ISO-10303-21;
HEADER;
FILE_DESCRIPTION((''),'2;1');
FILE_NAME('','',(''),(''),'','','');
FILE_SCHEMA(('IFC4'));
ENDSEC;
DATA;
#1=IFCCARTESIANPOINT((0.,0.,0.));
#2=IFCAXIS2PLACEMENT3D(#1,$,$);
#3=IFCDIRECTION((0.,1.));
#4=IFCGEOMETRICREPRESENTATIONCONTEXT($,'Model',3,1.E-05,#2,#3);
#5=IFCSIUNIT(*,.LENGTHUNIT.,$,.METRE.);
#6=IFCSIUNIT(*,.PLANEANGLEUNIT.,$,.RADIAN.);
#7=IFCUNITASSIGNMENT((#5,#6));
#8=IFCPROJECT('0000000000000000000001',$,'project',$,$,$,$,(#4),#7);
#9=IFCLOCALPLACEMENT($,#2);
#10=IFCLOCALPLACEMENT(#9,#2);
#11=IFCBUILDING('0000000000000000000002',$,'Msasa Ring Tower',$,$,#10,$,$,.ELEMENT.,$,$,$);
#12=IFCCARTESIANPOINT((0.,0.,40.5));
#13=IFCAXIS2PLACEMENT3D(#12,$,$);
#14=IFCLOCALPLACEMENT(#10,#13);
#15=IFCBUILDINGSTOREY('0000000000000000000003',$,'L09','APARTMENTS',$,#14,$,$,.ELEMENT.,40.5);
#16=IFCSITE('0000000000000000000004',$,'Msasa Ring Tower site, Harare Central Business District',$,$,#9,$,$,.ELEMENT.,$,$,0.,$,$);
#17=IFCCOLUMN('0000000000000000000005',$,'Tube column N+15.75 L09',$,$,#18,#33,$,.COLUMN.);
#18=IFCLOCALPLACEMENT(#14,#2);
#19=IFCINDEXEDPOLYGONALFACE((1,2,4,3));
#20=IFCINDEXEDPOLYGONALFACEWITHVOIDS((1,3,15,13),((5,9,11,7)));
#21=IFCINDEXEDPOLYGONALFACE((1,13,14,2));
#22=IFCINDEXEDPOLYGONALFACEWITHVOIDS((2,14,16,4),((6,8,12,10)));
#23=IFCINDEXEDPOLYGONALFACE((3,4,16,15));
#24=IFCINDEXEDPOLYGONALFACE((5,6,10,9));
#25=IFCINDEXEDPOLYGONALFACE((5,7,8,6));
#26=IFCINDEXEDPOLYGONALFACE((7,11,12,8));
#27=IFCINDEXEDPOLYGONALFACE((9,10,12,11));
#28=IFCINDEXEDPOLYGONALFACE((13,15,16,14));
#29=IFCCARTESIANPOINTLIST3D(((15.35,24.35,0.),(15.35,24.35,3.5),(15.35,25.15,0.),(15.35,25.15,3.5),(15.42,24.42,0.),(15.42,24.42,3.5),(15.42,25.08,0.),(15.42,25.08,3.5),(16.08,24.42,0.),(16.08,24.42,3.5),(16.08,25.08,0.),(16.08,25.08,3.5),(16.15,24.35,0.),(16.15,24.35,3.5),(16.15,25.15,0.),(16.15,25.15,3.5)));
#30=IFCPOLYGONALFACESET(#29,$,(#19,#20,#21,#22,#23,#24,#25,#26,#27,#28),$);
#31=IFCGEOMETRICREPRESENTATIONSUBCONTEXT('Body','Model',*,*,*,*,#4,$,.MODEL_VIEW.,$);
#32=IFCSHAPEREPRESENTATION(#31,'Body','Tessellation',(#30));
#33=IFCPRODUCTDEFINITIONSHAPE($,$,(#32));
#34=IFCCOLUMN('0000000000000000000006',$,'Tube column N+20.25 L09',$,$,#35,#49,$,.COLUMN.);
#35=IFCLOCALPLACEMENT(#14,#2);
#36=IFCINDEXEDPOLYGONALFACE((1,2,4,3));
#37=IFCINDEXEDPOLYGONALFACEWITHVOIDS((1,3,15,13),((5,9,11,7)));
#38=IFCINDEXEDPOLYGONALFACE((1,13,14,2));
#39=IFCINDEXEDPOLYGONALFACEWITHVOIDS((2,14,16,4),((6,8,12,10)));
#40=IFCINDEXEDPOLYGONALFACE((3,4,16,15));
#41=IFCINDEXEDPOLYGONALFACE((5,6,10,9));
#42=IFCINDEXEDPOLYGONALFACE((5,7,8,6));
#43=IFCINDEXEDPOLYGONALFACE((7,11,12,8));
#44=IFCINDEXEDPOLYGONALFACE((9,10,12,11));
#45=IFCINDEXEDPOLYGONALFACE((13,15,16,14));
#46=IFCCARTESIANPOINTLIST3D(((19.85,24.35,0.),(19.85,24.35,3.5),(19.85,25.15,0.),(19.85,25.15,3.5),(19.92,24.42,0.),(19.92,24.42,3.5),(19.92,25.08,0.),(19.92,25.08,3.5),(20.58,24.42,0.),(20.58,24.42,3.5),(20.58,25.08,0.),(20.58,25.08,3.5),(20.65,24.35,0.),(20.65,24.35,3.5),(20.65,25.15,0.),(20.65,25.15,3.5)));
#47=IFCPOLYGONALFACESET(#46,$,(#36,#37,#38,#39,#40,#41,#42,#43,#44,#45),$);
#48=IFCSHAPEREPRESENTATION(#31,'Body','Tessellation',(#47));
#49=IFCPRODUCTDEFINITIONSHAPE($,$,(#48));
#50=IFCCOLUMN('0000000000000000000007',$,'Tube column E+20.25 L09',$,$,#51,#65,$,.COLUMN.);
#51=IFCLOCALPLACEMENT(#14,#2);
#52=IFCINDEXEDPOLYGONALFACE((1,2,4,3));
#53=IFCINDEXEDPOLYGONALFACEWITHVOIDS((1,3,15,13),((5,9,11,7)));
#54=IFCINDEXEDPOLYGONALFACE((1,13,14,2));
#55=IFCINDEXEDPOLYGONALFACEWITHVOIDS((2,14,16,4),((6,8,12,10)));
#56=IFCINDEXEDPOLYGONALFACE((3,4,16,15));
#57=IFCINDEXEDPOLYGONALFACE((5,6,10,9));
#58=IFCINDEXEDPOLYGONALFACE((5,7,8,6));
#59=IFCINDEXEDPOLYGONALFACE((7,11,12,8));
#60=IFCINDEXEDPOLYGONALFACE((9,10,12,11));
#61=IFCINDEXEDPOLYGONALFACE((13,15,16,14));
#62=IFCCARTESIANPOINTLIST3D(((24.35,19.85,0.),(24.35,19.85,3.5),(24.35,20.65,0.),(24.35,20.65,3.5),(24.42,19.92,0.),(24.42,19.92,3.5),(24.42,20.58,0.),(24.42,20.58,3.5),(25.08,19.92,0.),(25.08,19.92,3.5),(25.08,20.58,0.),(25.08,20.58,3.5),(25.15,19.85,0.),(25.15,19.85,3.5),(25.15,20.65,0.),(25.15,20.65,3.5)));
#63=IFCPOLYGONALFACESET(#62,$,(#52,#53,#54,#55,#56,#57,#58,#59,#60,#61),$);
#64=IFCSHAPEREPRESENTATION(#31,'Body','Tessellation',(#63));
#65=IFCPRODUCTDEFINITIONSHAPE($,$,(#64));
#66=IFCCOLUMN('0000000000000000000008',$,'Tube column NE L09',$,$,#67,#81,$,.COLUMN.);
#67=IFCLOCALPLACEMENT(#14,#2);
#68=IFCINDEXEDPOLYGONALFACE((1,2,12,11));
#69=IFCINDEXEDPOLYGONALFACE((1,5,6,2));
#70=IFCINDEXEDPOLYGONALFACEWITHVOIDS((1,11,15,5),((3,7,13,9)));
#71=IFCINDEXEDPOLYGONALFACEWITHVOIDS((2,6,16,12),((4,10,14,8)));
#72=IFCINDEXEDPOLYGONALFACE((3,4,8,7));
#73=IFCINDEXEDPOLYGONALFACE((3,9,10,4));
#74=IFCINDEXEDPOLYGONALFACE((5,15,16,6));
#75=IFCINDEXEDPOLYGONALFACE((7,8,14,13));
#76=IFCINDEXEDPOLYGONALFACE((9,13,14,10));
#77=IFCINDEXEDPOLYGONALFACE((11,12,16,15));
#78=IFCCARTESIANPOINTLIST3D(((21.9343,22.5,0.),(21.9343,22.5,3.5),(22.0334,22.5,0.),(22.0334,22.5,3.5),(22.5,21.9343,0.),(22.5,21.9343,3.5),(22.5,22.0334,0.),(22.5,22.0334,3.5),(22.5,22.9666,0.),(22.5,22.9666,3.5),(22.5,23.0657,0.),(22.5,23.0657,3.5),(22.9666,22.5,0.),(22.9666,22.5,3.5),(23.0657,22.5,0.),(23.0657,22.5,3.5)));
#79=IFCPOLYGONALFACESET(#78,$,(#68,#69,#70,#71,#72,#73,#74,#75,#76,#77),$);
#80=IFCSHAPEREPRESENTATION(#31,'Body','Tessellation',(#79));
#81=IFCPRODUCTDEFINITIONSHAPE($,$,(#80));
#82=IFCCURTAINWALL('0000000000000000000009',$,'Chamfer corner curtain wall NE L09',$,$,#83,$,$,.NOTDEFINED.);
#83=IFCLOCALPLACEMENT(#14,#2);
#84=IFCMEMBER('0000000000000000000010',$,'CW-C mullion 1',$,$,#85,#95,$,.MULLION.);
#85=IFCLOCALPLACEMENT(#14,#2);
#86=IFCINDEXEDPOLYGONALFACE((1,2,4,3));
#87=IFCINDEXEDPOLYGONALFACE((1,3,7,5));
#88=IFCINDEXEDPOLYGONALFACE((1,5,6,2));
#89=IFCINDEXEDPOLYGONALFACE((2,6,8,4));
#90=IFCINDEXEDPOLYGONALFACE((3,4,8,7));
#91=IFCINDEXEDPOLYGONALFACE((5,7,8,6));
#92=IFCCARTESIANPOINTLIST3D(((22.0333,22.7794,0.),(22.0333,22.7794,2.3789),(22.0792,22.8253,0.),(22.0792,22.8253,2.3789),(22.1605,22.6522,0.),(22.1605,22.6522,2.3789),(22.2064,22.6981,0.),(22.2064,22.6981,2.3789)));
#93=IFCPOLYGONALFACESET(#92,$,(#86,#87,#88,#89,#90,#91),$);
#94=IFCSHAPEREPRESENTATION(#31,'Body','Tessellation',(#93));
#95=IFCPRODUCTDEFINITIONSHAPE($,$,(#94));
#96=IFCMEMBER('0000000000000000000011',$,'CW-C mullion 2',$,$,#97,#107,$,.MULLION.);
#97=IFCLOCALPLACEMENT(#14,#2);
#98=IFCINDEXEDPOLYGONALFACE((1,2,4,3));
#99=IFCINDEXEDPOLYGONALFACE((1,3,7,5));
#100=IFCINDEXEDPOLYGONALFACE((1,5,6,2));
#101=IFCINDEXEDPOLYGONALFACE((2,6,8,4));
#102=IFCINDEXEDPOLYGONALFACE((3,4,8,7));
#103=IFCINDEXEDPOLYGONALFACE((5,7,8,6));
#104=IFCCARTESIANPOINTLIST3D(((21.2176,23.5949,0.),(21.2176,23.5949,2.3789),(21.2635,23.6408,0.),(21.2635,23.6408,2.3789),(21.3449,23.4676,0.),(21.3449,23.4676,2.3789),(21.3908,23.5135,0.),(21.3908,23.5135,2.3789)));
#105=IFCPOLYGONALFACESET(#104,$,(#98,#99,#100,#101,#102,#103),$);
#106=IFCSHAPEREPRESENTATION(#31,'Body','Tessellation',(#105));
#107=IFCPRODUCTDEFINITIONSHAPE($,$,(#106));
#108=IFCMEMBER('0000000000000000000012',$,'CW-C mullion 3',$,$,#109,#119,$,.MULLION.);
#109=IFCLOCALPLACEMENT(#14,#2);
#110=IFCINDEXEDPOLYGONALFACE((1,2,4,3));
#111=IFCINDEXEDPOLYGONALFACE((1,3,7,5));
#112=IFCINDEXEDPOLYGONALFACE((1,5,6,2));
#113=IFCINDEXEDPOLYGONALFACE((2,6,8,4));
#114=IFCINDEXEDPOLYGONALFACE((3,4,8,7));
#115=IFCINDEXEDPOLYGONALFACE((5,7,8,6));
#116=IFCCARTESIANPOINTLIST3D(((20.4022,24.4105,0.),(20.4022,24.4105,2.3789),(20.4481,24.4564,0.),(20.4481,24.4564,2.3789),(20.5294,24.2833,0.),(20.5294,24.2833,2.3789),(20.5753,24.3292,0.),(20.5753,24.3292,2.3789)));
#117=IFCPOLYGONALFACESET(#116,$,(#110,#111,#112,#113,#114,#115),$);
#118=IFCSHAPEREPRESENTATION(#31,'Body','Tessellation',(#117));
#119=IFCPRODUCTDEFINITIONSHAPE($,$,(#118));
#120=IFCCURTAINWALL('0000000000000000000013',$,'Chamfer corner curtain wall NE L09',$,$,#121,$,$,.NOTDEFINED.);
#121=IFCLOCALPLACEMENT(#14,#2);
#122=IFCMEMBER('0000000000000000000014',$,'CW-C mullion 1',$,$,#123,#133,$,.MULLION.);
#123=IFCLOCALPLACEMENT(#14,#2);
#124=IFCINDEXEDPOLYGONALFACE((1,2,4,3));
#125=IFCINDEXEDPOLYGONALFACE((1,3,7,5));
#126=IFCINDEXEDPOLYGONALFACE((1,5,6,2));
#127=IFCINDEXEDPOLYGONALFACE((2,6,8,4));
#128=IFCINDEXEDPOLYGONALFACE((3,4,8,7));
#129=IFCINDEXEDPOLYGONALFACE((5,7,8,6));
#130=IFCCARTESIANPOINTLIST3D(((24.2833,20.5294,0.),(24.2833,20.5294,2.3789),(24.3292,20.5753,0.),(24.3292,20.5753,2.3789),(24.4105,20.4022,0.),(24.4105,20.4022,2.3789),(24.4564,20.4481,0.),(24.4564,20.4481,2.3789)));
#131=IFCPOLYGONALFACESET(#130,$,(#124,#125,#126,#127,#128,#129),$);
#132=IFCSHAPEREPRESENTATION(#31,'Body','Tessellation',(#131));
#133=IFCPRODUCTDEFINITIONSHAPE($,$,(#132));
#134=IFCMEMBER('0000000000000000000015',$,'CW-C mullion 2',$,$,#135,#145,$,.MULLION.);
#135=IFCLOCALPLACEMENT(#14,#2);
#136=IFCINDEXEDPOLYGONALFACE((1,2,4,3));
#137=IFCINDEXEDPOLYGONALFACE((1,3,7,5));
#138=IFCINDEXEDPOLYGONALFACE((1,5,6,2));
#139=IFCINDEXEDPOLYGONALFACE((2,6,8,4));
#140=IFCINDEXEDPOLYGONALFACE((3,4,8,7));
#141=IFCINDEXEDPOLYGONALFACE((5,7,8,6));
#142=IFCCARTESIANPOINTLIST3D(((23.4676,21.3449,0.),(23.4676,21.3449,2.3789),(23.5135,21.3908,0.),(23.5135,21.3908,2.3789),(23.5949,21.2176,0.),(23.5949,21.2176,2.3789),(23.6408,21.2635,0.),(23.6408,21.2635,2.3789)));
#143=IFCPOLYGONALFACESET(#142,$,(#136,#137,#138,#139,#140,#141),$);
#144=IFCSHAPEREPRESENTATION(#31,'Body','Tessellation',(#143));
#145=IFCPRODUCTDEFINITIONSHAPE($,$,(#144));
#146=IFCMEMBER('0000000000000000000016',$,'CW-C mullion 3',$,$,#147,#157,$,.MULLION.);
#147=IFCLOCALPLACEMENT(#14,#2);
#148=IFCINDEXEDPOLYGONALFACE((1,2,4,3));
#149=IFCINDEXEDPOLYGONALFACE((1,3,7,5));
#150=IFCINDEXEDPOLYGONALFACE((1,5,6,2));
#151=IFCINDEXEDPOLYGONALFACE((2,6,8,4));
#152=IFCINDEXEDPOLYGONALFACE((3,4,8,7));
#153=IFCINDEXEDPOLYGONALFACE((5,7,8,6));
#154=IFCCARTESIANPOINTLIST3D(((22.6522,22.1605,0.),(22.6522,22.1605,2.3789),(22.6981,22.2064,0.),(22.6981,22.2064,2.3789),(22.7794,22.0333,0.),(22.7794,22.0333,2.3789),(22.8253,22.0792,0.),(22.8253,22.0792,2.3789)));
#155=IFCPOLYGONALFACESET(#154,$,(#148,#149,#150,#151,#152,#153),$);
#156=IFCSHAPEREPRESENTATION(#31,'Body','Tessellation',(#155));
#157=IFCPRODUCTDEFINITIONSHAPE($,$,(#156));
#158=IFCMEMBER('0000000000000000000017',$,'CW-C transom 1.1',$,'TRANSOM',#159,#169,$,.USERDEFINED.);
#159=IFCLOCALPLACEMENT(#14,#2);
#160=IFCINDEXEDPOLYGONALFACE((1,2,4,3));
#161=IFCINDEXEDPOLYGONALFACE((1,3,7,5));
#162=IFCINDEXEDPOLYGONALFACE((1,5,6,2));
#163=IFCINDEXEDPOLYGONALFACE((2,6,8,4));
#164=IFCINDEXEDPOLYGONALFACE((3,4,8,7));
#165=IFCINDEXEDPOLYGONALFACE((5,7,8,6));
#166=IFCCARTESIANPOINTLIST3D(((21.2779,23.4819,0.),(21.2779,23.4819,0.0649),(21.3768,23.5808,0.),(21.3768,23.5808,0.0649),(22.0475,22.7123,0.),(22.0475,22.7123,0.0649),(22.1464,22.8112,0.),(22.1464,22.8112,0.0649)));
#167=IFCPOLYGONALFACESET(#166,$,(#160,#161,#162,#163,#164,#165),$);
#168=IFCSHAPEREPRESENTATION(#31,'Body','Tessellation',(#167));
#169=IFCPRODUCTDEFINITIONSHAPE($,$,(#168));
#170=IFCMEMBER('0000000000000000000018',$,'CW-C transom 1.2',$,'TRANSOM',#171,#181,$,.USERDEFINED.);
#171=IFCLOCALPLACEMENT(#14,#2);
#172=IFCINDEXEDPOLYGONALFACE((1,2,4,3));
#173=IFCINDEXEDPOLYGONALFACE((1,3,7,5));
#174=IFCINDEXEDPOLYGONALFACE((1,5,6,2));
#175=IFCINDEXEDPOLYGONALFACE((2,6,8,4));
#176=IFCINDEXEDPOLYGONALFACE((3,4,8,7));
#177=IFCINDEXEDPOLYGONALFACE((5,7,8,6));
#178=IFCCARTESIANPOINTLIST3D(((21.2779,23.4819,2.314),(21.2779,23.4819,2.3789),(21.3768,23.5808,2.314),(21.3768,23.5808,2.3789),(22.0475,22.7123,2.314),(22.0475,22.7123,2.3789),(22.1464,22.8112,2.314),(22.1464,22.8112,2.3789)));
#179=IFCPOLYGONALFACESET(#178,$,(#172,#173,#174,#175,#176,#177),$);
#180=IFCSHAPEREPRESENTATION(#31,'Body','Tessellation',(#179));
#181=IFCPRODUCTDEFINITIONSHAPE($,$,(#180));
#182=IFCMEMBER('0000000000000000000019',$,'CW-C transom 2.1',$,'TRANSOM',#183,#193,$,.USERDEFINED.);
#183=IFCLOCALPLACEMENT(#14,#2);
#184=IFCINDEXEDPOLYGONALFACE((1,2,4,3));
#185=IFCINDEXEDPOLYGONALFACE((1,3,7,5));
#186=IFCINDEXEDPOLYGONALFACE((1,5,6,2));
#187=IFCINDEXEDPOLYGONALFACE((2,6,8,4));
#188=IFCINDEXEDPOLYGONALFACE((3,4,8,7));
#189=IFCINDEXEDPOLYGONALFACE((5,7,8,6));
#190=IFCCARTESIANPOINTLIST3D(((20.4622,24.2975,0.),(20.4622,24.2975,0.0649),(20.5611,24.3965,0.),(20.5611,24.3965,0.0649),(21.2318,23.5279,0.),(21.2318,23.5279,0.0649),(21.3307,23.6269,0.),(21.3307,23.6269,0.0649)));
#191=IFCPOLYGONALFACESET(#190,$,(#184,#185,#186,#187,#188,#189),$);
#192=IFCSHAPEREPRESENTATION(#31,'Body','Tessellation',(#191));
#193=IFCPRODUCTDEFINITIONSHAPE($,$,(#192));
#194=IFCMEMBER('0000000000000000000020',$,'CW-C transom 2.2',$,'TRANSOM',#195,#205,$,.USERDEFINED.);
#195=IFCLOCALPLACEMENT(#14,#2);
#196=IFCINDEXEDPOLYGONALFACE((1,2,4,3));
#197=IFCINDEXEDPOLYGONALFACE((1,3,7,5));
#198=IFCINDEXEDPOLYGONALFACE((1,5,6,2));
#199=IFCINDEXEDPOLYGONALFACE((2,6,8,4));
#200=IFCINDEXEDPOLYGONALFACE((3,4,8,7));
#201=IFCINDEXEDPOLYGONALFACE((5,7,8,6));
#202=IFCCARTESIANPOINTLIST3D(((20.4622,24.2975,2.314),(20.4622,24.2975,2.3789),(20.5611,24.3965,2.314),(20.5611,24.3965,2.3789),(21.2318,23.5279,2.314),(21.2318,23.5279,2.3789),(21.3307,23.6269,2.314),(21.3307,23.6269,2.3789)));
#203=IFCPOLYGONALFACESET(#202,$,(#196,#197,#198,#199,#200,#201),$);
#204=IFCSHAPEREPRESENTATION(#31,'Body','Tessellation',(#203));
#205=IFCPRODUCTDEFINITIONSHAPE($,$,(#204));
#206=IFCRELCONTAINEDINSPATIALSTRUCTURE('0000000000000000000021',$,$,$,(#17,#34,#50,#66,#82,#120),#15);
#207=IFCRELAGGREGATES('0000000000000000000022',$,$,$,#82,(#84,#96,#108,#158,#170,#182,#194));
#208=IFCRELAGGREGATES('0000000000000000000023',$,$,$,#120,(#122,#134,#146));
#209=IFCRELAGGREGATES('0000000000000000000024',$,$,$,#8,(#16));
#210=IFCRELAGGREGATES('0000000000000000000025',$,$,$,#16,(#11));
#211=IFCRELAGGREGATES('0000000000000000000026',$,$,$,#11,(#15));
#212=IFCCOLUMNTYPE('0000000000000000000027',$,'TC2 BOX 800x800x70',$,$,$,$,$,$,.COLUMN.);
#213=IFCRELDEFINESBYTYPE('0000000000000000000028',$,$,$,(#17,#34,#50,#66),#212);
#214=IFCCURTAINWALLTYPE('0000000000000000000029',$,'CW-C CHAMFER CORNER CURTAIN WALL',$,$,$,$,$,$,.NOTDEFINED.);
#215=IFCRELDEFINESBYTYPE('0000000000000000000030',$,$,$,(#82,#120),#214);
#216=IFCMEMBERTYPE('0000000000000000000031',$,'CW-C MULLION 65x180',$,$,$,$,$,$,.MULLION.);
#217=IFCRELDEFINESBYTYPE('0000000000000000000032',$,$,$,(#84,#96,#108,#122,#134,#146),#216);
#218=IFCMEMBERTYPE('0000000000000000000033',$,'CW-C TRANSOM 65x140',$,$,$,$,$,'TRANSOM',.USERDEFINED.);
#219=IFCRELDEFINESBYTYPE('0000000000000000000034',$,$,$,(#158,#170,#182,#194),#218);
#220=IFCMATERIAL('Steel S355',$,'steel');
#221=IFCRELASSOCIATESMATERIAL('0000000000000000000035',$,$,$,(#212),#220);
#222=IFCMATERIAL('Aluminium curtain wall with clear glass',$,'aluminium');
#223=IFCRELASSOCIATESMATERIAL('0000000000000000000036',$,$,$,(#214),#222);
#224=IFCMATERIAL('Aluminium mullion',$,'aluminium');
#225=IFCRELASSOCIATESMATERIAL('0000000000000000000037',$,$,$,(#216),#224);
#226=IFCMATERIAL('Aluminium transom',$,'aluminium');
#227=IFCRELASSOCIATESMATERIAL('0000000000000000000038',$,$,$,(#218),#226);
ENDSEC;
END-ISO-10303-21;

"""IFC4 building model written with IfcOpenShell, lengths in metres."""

from ifc_helpers import new_model, si_unit, direction, frame, origin, origin_2d, place, context, subcontext, project, spatial, rectangle, hollow_rectangle, extrude, material, material_profile, profile_set, type_object, element, aggregate, save


model = new_model("IFC4")

# Units and contexts
model_context = context("Model", 3, precision=1e-05, world=origin(), true_north=direction((0.0, 1.0)))
body_context = subcontext(model_context, "Body", "Model", "MODEL_VIEW")
ifc_project = project(units=[si_unit("LENGTHUNIT", "METRE"), si_unit("PLANEANGLEUNIT", "RADIAN")], contexts=[model_context])

# Site, building, storey
site_placement = place(None, origin())
site = spatial("IfcSite", under=ifc_project, at=site_placement, Name="Msasa Ring Tower site, Harare Central Business District", CompositionType="ELEMENT", RefElevation=0.0)
building_placement = place(site_placement, origin())
building = spatial("IfcBuilding", under=site, at=building_placement, Name="Msasa Ring Tower", CompositionType="ELEMENT")
storey_placement = place(building_placement, frame((0.0, 0.0, 40.5)))
storey = spatial("IfcBuildingStorey", under=building, at=storey_placement, Name="L09", Description="APARTMENTS", CompositionType="ELEMENT", Elevation=40.5)

# Columns
ifc_material_1 = material(Name="Steel S355", Category="steel")
ifc_material_profile_1 = material_profile(ifc_material_1, hollow_rectangle(XDim=0.8, YDim=0.8, WallThickness=0.0701, at=origin_2d()), Name="BOX 800x800x70")
ifc_profile_set_1 = profile_set([ifc_material_profile_1], Name="Steel S355")
column_type = type_object("IfcColumnType", Name="TC2 BOX 800x800x70", PredefinedType="COLUMN", material=ifc_profile_set_1)
for number, where, z_axis, x_axis, name in (
    (1, (15.75, 24.75, 0.0), (0.0, 0.0, 1.0), (0.0, 1.0, 0.0), "Tube column N+15.75 L09"),
    (2, (20.25, 24.75, 0.0), (0.0, 0.0, 1.0), (0.0, 1.0, 0.0), "Tube column N+20.25 L09"),
    (3, (24.75, 20.25, 0.0), (0.0, 0.0, 1.0), (1.0, 0.0, 0.0), "Tube column E+20.25 L09"),
    (4, (22.5, 22.5, 0.0), (0.0, 0.0, 1.0), (0.707107, 0.707107, 0.0), "Tube column NE L09"),
):
    element("IfcColumn", number, at=place(storey_placement, frame(where, z_axis=z_axis, x_axis=x_axis)), inside=storey, type_object=column_type, Name=name, PredefinedType="COLUMN", context=body_context, shape_type="SweptSolid", body=[
        extrude(hollow_rectangle(XDim=0.8, YDim=0.8, WallThickness=0.0701, at=origin_2d()), origin(), (0.0, 0.0, 1.0), 3.5),
    ])

# Curtain walls, members
ifc_material_2 = material(Name="Aluminium curtain wall with clear glass", Category="aluminium")
curtain_wall_type = type_object("IfcCurtainWallType", Name="CW-C CHAMFER CORNER CURTAIN WALL", PredefinedType="NOTDEFINED", material=ifc_material_2)
curtain_wall_1_placement = place(storey_placement, origin())
curtain_wall_1 = element("IfcCurtainWall", 5, at=curtain_wall_1_placement, inside=storey, type_object=curtain_wall_type, Name="Chamfer corner curtain wall NE L09", PredefinedType="NOTDEFINED")
ifc_material_3 = material(Name="Aluminium mullion", Category="aluminium")
ifc_material_profile_2 = material_profile(ifc_material_3, rectangle(XDim=0.0649, YDim=0.1799, at=origin_2d()), Name="AL 65x180")
ifc_profile_set_2 = profile_set([ifc_material_profile_2], Name="Aluminium mullion")
member_type_1 = type_object("IfcMemberType", Name="CW-C MULLION 65x180", PredefinedType="MULLION", material=ifc_profile_set_2)
member_1_placement = place(storey_placement, frame((22.1199, 22.7388, 0.0), z_axis=(0.0, 0.0, 1.0), x_axis=(-0.707107, -0.707107, 0.0)))
member_1 = element("IfcMember", 6, at=member_1_placement, type_object=member_type_1, Name="CW-C mullion 1", PredefinedType="MULLION", context=body_context, shape_type="SweptSolid", body=[
    extrude(rectangle(XDim=0.0649, YDim=0.1799, at=origin_2d()), origin(), (0.0, 0.0, 1.0), 2.3789),
])
member_2_placement = place(storey_placement, frame((21.3042, 23.5542, 0.0), z_axis=(0.0, 0.0, 1.0), x_axis=(-0.707107, -0.707107, 0.0)))
member_2 = element("IfcMember", 7, at=member_2_placement, type_object=member_type_1, Name="CW-C mullion 2", PredefinedType="MULLION", context=body_context, shape_type="SweptSolid", body=[
    extrude(rectangle(XDim=0.0649, YDim=0.1799, at=origin_2d()), origin(), (0.0, 0.0, 1.0), 2.3789),
])
member_3_placement = place(storey_placement, frame((20.4888, 24.3699, 0.0), z_axis=(0.0, 0.0, 1.0), x_axis=(-0.707107, -0.707107, 0.0)))
member_3 = element("IfcMember", 8, at=member_3_placement, type_object=member_type_1, Name="CW-C mullion 3", PredefinedType="MULLION", context=body_context, shape_type="SweptSolid", body=[
    extrude(rectangle(XDim=0.0649, YDim=0.1799, at=origin_2d()), origin(), (0.0, 0.0, 1.0), 2.3789),
])
curtain_wall_2_placement = place(storey_placement, origin())
curtain_wall_2 = element("IfcCurtainWall", 9, at=curtain_wall_2_placement, inside=storey, type_object=curtain_wall_type, Name="Chamfer corner curtain wall NE L09", PredefinedType="NOTDEFINED")
member_4_placement = place(storey_placement, frame((24.3699, 20.4888, 0.0), z_axis=(0.0, 0.0, 1.0), x_axis=(-0.707107, -0.707107, 0.0)))
member_4 = element("IfcMember", 10, at=member_4_placement, type_object=member_type_1, Name="CW-C mullion 1", PredefinedType="MULLION", context=body_context, shape_type="SweptSolid", body=[
    extrude(rectangle(XDim=0.0649, YDim=0.1799, at=origin_2d()), origin(), (0.0, 0.0, 1.0), 2.3789),
])
member_5_placement = place(storey_placement, frame((23.5542, 21.3042, 0.0), z_axis=(0.0, 0.0, 1.0), x_axis=(-0.707107, -0.707107, 0.0)))
member_5 = element("IfcMember", 11, at=member_5_placement, type_object=member_type_1, Name="CW-C mullion 2", PredefinedType="MULLION", context=body_context, shape_type="SweptSolid", body=[
    extrude(rectangle(XDim=0.0649, YDim=0.1799, at=origin_2d()), origin(), (0.0, 0.0, 1.0), 2.3789),
])
member_6_placement = place(storey_placement, frame((22.7388, 22.1199, 0.0), z_axis=(0.0, 0.0, 1.0), x_axis=(-0.707107, -0.707107, 0.0)))
member_6 = element("IfcMember", 12, at=member_6_placement, type_object=member_type_1, Name="CW-C mullion 3", PredefinedType="MULLION", context=body_context, shape_type="SweptSolid", body=[
    extrude(rectangle(XDim=0.0649, YDim=0.1799, at=origin_2d()), origin(), (0.0, 0.0, 1.0), 2.3789),
])

# Members
ifc_material_4 = material(Name="Aluminium transom", Category="aluminium")
ifc_material_profile_3 = material_profile(ifc_material_4, rectangle(XDim=0.1399, YDim=0.0649, at=origin_2d()), Name="AL 65x140")
ifc_profile_set_3 = profile_set([ifc_material_profile_3], Name="Aluminium transom")
member_type_2 = type_object("IfcMemberType", Name="CW-C TRANSOM 65x140", ElementType="TRANSOM", PredefinedType="USERDEFINED", material=ifc_profile_set_3)
member_7_placement = place(storey_placement, frame((22.0969, 22.7617, 0.0325), z_axis=(-0.707107, 0.707107, 0.0), x_axis=(-0.707107, -0.707107, 0.0)))
member_7 = element("IfcMember", 13, at=member_7_placement, type_object=member_type_2, Name="CW-C transom 1.1", ObjectType="TRANSOM", PredefinedType="USERDEFINED", context=body_context, shape_type="SweptSolid", body=[
    extrude(rectangle(XDim=0.1399, YDim=0.0649, at=origin_2d()), origin(), (0.0, 0.0, 1.0), 1.0884),
])
member_8_placement = place(storey_placement, frame((22.0969, 22.7617, 2.3464), z_axis=(-0.707107, 0.707107, 0.0), x_axis=(-0.707107, -0.707107, 0.0)))
member_8 = element("IfcMember", 14, at=member_8_placement, type_object=member_type_2, Name="CW-C transom 1.2", ObjectType="TRANSOM", PredefinedType="USERDEFINED", context=body_context, shape_type="SweptSolid", body=[
    extrude(rectangle(XDim=0.1399, YDim=0.0649, at=origin_2d()), origin(), (0.0, 0.0, 1.0), 1.0884),
])
member_9_placement = place(storey_placement, frame((21.2812, 23.5774, 0.0325), z_axis=(-0.707107, 0.707107, 0.0), x_axis=(-0.707107, -0.707107, 0.0)))
member_9 = element("IfcMember", 15, at=member_9_placement, type_object=member_type_2, Name="CW-C transom 2.1", ObjectType="TRANSOM", PredefinedType="USERDEFINED", context=body_context, shape_type="SweptSolid", body=[
    extrude(rectangle(XDim=0.1399, YDim=0.0649, at=origin_2d()), origin(), (0.0, 0.0, 1.0), 1.0884),
])
member_10_placement = place(storey_placement, frame((21.2812, 23.5774, 2.3464), z_axis=(-0.707107, 0.707107, 0.0), x_axis=(-0.707107, -0.707107, 0.0)))
member_10 = element("IfcMember", 16, at=member_10_placement, type_object=member_type_2, Name="CW-C transom 2.2", ObjectType="TRANSOM", PredefinedType="USERDEFINED", context=body_context, shape_type="SweptSolid", body=[
    extrude(rectangle(XDim=0.1399, YDim=0.0649, at=origin_2d()), origin(), (0.0, 0.0, 1.0), 1.0884),
])

aggregate(curtain_wall_1, [member_1, member_2, member_3, member_7, member_8, member_9, member_10])
aggregate(curtain_wall_2, [member_4, member_5, member_6])

save(model, "model.ifc")
